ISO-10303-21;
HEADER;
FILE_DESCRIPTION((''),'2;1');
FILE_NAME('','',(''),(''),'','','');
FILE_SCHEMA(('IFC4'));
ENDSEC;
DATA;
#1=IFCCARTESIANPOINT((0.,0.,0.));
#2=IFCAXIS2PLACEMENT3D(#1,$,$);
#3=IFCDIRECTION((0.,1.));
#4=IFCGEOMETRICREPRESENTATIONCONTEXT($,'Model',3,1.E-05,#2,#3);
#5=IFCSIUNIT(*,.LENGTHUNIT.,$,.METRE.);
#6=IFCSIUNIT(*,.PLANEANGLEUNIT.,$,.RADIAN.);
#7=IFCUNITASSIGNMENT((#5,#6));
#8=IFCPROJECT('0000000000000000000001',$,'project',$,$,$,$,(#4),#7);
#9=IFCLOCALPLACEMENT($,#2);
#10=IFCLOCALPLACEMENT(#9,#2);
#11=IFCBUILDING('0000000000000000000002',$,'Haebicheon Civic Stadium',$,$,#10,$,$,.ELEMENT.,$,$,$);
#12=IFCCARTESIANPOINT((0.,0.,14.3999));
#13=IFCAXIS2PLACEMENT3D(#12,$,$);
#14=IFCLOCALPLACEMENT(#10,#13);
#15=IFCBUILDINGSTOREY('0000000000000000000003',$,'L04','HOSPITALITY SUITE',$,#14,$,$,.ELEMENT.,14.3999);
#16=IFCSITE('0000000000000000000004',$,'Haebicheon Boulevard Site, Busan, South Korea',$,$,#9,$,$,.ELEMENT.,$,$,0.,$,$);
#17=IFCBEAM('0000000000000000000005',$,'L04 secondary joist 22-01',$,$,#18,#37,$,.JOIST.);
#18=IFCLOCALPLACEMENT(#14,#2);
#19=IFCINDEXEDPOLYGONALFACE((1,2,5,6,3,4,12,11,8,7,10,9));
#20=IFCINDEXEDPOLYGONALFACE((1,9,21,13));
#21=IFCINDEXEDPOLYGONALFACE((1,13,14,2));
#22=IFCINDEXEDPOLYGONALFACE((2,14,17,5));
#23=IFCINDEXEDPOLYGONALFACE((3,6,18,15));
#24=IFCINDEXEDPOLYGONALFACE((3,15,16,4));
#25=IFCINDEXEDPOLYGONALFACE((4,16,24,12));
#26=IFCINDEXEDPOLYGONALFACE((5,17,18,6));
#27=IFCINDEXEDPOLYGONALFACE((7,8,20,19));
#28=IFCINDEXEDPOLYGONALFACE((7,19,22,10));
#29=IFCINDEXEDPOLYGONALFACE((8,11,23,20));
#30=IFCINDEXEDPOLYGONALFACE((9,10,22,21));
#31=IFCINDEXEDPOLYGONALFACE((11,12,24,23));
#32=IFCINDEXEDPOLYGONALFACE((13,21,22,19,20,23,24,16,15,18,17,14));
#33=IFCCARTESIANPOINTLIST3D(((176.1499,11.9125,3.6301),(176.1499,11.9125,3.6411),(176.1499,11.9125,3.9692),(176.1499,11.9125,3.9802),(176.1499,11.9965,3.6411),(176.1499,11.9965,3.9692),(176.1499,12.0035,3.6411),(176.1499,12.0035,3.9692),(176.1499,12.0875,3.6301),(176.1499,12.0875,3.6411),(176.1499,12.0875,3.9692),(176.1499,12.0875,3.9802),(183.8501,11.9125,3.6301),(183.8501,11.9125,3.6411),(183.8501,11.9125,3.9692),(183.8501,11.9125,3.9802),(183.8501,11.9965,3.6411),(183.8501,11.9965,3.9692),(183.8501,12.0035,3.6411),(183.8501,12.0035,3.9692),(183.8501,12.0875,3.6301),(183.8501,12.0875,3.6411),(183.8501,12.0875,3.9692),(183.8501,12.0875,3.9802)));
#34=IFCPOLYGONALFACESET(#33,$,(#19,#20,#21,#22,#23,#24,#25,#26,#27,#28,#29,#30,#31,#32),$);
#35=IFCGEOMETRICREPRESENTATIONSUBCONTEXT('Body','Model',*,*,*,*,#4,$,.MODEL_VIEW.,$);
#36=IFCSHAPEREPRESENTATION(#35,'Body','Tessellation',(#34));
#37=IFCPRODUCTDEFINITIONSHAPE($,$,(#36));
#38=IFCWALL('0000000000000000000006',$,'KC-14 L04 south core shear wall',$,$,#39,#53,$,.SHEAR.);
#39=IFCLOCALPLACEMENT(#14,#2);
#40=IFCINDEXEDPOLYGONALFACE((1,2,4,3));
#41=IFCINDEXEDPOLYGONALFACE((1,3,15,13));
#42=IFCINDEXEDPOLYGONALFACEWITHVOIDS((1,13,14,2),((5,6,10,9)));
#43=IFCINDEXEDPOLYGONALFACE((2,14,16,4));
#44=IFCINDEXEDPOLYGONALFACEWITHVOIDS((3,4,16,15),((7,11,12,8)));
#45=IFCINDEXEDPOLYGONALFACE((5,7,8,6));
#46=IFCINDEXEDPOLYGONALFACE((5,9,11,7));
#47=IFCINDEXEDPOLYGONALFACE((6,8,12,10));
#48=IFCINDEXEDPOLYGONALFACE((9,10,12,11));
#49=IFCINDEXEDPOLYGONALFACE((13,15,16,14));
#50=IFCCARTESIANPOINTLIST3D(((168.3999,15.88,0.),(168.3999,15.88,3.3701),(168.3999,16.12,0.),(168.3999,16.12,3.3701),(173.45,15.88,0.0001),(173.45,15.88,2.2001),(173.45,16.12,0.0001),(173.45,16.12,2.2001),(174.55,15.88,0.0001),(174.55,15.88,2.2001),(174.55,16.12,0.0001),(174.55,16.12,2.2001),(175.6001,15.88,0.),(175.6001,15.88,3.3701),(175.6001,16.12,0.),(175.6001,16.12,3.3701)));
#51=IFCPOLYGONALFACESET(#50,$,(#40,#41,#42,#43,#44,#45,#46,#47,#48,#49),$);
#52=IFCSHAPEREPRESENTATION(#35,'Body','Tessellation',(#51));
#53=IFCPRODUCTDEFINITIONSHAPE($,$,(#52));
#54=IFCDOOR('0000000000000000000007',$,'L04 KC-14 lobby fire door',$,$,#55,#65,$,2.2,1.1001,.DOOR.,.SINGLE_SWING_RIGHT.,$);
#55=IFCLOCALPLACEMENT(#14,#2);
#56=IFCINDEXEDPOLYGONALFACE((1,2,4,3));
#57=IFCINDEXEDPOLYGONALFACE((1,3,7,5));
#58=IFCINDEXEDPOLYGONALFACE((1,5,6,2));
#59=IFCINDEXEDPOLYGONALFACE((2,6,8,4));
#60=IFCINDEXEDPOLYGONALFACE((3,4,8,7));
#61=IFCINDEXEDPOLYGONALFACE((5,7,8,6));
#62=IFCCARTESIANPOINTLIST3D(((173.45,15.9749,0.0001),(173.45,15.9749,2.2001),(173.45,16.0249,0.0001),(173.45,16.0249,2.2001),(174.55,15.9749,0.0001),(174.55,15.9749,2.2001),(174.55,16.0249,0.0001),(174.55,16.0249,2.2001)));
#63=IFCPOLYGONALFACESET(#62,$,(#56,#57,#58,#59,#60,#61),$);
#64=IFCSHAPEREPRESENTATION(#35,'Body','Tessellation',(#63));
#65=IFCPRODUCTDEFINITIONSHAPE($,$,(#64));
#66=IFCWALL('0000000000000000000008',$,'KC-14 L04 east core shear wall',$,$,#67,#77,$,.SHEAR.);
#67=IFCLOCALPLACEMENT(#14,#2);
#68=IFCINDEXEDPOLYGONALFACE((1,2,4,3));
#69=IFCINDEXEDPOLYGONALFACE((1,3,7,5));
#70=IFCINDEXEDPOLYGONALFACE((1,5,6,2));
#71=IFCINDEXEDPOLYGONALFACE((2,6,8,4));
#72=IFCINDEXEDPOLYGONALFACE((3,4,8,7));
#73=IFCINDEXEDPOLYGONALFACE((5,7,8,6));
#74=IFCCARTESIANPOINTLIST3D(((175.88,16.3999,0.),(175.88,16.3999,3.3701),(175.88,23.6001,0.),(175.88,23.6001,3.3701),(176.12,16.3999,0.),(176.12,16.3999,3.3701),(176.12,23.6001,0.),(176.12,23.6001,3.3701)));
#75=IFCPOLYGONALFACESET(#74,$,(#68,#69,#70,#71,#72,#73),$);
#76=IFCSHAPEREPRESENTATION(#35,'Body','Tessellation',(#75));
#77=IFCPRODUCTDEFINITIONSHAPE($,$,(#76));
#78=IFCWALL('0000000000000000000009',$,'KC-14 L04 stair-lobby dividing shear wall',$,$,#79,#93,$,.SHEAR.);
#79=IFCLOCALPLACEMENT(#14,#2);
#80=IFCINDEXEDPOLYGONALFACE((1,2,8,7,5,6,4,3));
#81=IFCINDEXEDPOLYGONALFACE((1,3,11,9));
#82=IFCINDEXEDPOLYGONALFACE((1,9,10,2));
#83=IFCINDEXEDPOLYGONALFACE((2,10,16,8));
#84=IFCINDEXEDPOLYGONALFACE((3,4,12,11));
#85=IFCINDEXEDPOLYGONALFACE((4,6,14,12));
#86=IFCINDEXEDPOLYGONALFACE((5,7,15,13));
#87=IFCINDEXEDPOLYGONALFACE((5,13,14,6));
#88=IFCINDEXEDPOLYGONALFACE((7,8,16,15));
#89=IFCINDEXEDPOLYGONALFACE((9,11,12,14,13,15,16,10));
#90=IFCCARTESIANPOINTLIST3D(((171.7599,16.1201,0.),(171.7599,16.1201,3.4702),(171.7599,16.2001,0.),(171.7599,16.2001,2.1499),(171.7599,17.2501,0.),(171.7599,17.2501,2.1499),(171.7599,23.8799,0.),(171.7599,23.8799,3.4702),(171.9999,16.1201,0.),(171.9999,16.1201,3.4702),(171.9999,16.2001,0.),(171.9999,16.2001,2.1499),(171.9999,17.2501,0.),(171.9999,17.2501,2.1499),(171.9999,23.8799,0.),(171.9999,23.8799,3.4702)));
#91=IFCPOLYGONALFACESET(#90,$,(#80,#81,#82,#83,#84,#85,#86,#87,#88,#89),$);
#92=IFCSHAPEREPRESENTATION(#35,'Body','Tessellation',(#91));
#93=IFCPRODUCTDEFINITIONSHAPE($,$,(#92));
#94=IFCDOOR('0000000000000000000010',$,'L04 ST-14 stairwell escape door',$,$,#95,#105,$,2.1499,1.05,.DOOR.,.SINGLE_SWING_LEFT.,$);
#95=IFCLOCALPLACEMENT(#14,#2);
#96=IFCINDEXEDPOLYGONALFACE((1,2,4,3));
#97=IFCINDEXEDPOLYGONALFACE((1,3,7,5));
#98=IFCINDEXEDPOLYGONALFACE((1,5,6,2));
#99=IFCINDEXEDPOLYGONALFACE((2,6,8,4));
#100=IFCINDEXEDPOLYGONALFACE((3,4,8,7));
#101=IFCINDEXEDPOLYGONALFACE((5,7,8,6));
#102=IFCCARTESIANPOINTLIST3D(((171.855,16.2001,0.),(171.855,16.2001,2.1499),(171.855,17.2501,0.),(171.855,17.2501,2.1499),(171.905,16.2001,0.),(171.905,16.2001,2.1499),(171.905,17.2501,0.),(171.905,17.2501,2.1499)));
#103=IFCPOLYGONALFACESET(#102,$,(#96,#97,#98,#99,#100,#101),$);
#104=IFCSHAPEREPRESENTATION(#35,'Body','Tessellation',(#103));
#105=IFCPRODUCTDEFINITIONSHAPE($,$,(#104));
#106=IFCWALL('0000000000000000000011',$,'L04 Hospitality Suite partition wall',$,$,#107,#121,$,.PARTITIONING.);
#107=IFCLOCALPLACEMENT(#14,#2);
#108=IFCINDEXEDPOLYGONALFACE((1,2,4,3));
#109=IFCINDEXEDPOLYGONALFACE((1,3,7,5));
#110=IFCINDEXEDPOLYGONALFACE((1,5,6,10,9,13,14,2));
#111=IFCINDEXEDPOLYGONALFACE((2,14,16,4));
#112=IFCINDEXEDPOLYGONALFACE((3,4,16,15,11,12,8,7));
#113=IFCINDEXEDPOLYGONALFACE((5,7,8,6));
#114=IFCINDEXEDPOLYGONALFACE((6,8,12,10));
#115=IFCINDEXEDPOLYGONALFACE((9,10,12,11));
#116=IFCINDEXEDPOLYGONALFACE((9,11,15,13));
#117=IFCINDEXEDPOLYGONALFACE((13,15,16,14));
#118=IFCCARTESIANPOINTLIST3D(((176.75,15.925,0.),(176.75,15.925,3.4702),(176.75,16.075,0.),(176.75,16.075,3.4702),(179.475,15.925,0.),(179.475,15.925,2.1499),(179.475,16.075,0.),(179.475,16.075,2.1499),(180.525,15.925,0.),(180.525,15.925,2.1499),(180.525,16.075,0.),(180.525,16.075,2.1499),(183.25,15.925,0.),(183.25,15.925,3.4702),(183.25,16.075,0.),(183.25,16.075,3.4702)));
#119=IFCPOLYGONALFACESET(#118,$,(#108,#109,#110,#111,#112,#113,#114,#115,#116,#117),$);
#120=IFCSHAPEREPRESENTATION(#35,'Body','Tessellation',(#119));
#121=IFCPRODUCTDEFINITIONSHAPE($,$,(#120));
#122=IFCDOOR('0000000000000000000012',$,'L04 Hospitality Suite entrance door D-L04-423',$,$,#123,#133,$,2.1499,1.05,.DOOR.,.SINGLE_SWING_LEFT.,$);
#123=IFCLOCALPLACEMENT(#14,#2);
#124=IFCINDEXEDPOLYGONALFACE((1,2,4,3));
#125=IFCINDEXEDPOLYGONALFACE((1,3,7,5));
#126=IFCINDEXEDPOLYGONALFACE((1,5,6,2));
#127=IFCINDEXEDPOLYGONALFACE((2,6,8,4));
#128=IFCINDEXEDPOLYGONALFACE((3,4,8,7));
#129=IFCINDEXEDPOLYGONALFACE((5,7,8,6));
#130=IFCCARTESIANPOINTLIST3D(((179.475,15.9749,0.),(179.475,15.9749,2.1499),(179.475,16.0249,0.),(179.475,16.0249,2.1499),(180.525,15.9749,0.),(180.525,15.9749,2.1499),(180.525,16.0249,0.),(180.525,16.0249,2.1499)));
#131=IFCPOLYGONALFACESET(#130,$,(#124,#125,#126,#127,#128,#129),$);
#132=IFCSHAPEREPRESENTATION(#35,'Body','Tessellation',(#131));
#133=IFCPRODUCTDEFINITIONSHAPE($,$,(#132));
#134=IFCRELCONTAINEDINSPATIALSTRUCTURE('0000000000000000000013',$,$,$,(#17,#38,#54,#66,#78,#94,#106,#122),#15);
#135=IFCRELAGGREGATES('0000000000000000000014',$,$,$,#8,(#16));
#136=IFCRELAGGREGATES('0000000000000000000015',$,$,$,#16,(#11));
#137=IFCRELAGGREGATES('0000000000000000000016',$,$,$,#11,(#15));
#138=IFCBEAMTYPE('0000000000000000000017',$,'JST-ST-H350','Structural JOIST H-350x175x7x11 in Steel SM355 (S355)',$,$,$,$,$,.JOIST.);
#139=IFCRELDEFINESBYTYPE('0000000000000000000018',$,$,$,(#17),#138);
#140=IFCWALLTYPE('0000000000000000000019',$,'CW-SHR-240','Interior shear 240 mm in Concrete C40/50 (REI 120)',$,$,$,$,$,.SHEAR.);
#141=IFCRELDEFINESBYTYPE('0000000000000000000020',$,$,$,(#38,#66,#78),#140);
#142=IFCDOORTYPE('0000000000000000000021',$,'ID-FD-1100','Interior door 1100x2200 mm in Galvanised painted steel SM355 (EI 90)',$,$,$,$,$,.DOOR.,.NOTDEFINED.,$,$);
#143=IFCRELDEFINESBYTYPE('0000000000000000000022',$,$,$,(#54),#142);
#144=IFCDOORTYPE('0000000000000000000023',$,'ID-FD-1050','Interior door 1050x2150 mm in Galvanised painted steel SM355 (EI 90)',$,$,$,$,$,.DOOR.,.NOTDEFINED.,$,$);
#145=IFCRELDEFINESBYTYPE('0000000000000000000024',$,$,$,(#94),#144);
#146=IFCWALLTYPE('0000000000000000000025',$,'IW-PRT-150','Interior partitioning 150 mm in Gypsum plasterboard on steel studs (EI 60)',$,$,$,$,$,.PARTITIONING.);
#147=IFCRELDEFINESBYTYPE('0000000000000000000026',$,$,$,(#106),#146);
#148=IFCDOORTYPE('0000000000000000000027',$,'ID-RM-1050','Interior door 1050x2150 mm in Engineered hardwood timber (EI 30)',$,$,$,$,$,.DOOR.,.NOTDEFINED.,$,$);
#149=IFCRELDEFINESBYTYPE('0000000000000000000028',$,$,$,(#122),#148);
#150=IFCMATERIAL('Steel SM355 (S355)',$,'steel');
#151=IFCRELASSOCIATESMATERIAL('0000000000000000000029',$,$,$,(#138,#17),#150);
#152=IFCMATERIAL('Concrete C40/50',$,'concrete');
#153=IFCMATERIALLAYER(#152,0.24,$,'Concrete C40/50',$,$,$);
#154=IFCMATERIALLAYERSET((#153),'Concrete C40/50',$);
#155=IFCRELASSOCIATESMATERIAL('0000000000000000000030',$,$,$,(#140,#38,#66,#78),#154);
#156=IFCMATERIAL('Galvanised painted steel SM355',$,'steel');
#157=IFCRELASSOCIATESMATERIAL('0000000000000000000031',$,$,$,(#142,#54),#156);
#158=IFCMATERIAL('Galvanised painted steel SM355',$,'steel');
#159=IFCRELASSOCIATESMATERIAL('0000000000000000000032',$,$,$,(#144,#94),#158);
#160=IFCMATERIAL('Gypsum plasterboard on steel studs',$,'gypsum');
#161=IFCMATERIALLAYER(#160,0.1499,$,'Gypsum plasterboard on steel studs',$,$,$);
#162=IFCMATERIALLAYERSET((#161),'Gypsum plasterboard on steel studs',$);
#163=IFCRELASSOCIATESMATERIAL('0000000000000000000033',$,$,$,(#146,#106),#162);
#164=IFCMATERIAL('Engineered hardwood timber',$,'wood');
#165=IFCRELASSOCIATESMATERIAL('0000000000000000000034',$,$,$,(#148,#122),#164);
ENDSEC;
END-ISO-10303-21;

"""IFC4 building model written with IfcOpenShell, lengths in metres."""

from ifc_helpers import new_model, si_unit, direction, frame, frame_2d, origin, origin_2d, place, context, subcontext, project, spatial, rectangle, i_section, extrude, material, layer, layer_set, material_profile, profile_set, type_object, element, fill, save


model = new_model("IFC4")

# Units and contexts
model_context = context("Model", 3, precision=1e-05, world=origin(), true_north=direction((0.0, 1.0)))
body_context = subcontext(model_context, "Body", "Model", "MODEL_VIEW")
ifc_project = project(units=[si_unit("LENGTHUNIT", "METRE"), si_unit("PLANEANGLEUNIT", "RADIAN")], contexts=[model_context])

# Site, building, storey
site_placement = place(None, origin())
site = spatial("IfcSite", under=ifc_project, at=site_placement, Name="Haebicheon Boulevard Site, Busan, South Korea", CompositionType="ELEMENT", RefElevation=0.0)
building_placement = place(site_placement, origin())
building = spatial("IfcBuilding", under=site, at=building_placement, Name="Haebicheon Civic Stadium", CompositionType="ELEMENT")
storey_placement = place(building_placement, frame((0.0, 0.0, 14.3999)))
storey = spatial("IfcBuildingStorey", under=building, at=storey_placement, Name="L04", Description="HOSPITALITY SUITE", CompositionType="ELEMENT", Elevation=14.3999)

# Beam
ifc_material_1 = material(Name="Steel SM355 (S355)", Category="steel")
ifc_material_profile_1 = material_profile(ifc_material_1, i_section(OverallWidth=0.175, OverallDepth=0.3501, WebThickness=0.0071, FlangeThickness=0.011, at=origin_2d()), Name="H-350x175x7x11")
ifc_profile_set_1 = profile_set([ifc_material_profile_1], Name="Steel SM355 (S355)")
beam_type_1 = type_object("IfcBeamType", Name="JST-ST-H350", Description="Structural JOIST H-350x175x7x11 in Steel SM355 (S355)", PredefinedType="JOIST", material=ifc_profile_set_1)
for number, where, z_axis, x_axis, name in (
    (1, (176.1499, 12.0, 3.8052), (1.0, 0.0, 0.0), (0.0, 1.0, 0.0), "L04 secondary joist 22-01"),
):
    element("IfcBeam", number, at=place(storey_placement, frame(where, z_axis=z_axis, x_axis=x_axis)), inside=storey, type_object=beam_type_1, material=ifc_profile_set_1, Name=name, PredefinedType="JOIST", context=body_context, shape_type="SweptSolid", body=[
        extrude(i_section(OverallWidth=0.175, OverallDepth=0.3501, WebThickness=0.0071, FlangeThickness=0.011, at=origin_2d()), origin(), (0.0, 0.0, 1.0), 7.7002),
    ])

# Wall, opening, door
ifc_material_2 = material(Name="Concrete C40/50", Category="concrete")
ifc_layer_1 = layer(ifc_material_2, 0.24, Name="Concrete C40/50")
ifc_layer_set_1 = layer_set([ifc_layer_1], Name="Concrete C40/50")
wall_type_1 = type_object("IfcWallType", Name="CW-SHR-240", Description="Interior shear 240 mm in Concrete C40/50 (REI 120)", PredefinedType="SHEAR", material=ifc_layer_set_1)
wall_1_placement = place(storey_placement, frame((168.3999, 16.0, 0.0), z_axis=(0.0, 0.0, 1.0), x_axis=(1.0, 0.0, 0.0)))
wall_1 = element("IfcWall", 2, at=wall_1_placement, inside=storey, type_object=wall_type_1, material=ifc_layer_set_1, Name="KC-14 L04 south core shear wall", PredefinedType="SHEAR", context=body_context, shape_type="SweptSolid", body=[
    extrude(rectangle(XDim=7.2002, YDim=0.24, at=frame_2d((3.6001, 0.0))), origin(), (0.0, 0.0, 1.0), 3.3701),
])
opening_1_placement = place(wall_1_placement, frame((5.05, 0.0, 0.0)))
opening_1 = element("IfcOpeningElement", 3, at=opening_1_placement, cuts=wall_1, PredefinedType="OPENING", context=body_context, shape_type="SweptSolid", body=[
    extrude(rectangle(XDim=1.1001, YDim=2.2, at=frame_2d((0.55, 1.1001))), frame((0.0, 0.1299, 0.0), z_axis=(0.0, -1.0, 0.0), x_axis=(1.0, 0.0, 0.0)), (0.0, 0.0, 1.0), 0.26),
])
ifc_material_3 = material(Name="Galvanised painted steel SM355", Category="steel")
door_type_1 = type_object("IfcDoorType", Name="ID-FD-1100", Description="Interior door 1100x2200 mm in Galvanised painted steel SM355 (EI 90)", OperationType="NOTDEFINED", PredefinedType="DOOR", material=ifc_material_3)
door_1_placement = place(opening_1_placement, origin())
door_1 = element("IfcDoor", 4, at=door_1_placement, inside=storey, type_object=door_type_1, material=ifc_material_3, Name="L04 KC-14 lobby fire door", OperationType="SINGLE_SWING_RIGHT", OverallHeight=2.2, OverallWidth=1.1001, PredefinedType="DOOR", context=body_context, shape_type="SweptSolid", body=[
    extrude(rectangle(XDim=1.1001, YDim=2.2, at=frame_2d((0.55, 1.1001))), frame((0.0, 0.0249, 0.0), z_axis=(0.0, -1.0, 0.0), x_axis=(1.0, 0.0, 0.0)), (0.0, 0.0, 1.0), 0.05),
])
fill(opening_1, door_1)

# Wall
wall_2_placement = place(storey_placement, frame((176.0, 16.3999, 0.0), z_axis=(0.0, 0.0, 1.0), x_axis=(0.0, 1.0, 0.0)))
element("IfcWall", 5, at=wall_2_placement, inside=storey, type_object=wall_type_1, material=ifc_layer_set_1, Name="KC-14 L04 east core shear wall", PredefinedType="SHEAR", context=body_context, shape_type="SweptSolid", body=[
    extrude(rectangle(XDim=7.2002, YDim=0.24, at=frame_2d((3.6001, 0.0))), origin(), (0.0, 0.0, 1.0), 3.3701),
])

# Walls, openings, doors
wall_3_placement = place(storey_placement, frame((171.8799, 16.1201, 0.0), z_axis=(0.0, 0.0, 1.0), x_axis=(0.0, 1.0, 0.0)))
wall_3 = element("IfcWall", 6, at=wall_3_placement, inside=storey, type_object=wall_type_1, material=ifc_layer_set_1, Name="KC-14 L04 stair-lobby dividing shear wall", PredefinedType="SHEAR", context=body_context, shape_type="SweptSolid", body=[
    extrude(rectangle(XDim=7.7598, YDim=0.24, at=frame_2d((3.8799, 0.0))), origin(), (0.0, 0.0, 1.0), 3.4702),
])
opening_2_placement = place(wall_3_placement, frame((0.0801, 0.0, 0.0)))
opening_2 = element("IfcOpeningElement", 7, at=opening_2_placement, cuts=wall_3, PredefinedType="OPENING", context=body_context, shape_type="SweptSolid", body=[
    extrude(rectangle(XDim=1.05, YDim=2.1499, at=frame_2d((0.5249, 1.075))), frame((0.0, 0.1299, 0.0), z_axis=(0.0, -1.0, 0.0), x_axis=(1.0, 0.0, 0.0)), (0.0, 0.0, 1.0), 0.26),
])
ifc_material_4 = material(Name="Galvanised painted steel SM355", Category="steel")
door_type_2 = type_object("IfcDoorType", Name="ID-FD-1050", Description="Interior door 1050x2150 mm in Galvanised painted steel SM355 (EI 90)", OperationType="NOTDEFINED", PredefinedType="DOOR", material=ifc_material_4)
door_2_placement = place(opening_2_placement, origin())
door_2 = element("IfcDoor", 8, at=door_2_placement, inside=storey, type_object=door_type_2, material=ifc_material_4, Name="L04 ST-14 stairwell escape door", OperationType="SINGLE_SWING_LEFT", OverallHeight=2.1499, OverallWidth=1.05, PredefinedType="DOOR", context=body_context, shape_type="SweptSolid", body=[
    extrude(rectangle(XDim=1.05, YDim=2.1499, at=frame_2d((0.5249, 1.075))), frame((0.0, 0.0249, 0.0), z_axis=(0.0, -1.0, 0.0), x_axis=(1.0, 0.0, 0.0)), (0.0, 0.0, 1.0), 0.05),
])
fill(opening_2, door_2)
ifc_material_5 = material(Name="Gypsum plasterboard on steel studs", Category="gypsum")
ifc_layer_2 = layer(ifc_material_5, 0.1499, Name="Gypsum plasterboard on steel studs")
ifc_layer_set_2 = layer_set([ifc_layer_2], Name="Gypsum plasterboard on steel studs")
wall_type_2 = type_object("IfcWallType", Name="IW-PRT-150", Description="Interior partitioning 150 mm in Gypsum plasterboard on steel studs (EI 60)", PredefinedType="PARTITIONING", material=ifc_layer_set_2)
wall_4_placement = place(storey_placement, frame((176.75, 16.0, 0.0), z_axis=(0.0, 0.0, 1.0), x_axis=(1.0, 0.0, 0.0)))
wall_4 = element("IfcWall", 9, at=wall_4_placement, inside=storey, type_object=wall_type_2, material=ifc_layer_set_2, Name="L04 Hospitality Suite partition wall", PredefinedType="PARTITIONING", context=body_context, shape_type="SweptSolid", body=[
    extrude(rectangle(XDim=6.5, YDim=0.1499, at=frame_2d((3.25, 0.0))), origin(), (0.0, 0.0, 1.0), 3.4702),
])
opening_3_placement = place(wall_4_placement, frame((2.7251, 0.0, 0.0)))
opening_3 = element("IfcOpeningElement", 10, at=opening_3_placement, cuts=wall_4, PredefinedType="OPENING", context=body_context, shape_type="SweptSolid", body=[
    extrude(rectangle(XDim=1.05, YDim=2.1499, at=frame_2d((0.5249, 1.075))), frame((0.0, 0.085, 0.0), z_axis=(0.0, -1.0, 0.0), x_axis=(1.0, 0.0, 0.0)), (0.0, 0.0, 1.0), 0.1699),
])
ifc_material_6 = material(Name="Engineered hardwood timber", Category="wood")
door_type_3 = type_object("IfcDoorType", Name="ID-RM-1050", Description="Interior door 1050x2150 mm in Engineered hardwood timber (EI 30)", OperationType="NOTDEFINED", PredefinedType="DOOR", material=ifc_material_6)
door_3_placement = place(opening_3_placement, origin())
door_3 = element("IfcDoor", 11, at=door_3_placement, inside=storey, type_object=door_type_3, material=ifc_material_6, Name="L04 Hospitality Suite entrance door D-L04-423", OperationType="SINGLE_SWING_LEFT", OverallHeight=2.1499, OverallWidth=1.05, PredefinedType="DOOR", context=body_context, shape_type="SweptSolid", body=[
    extrude(rectangle(XDim=1.05, YDim=2.1499, at=frame_2d((0.5249, 1.075))), frame((0.0, 0.0249, 0.0), z_axis=(0.0, -1.0, 0.0), x_axis=(1.0, 0.0, 0.0)), (0.0, 0.0, 1.0), 0.05),
])
fill(opening_3, door_3)

save(model, "model.ifc")
